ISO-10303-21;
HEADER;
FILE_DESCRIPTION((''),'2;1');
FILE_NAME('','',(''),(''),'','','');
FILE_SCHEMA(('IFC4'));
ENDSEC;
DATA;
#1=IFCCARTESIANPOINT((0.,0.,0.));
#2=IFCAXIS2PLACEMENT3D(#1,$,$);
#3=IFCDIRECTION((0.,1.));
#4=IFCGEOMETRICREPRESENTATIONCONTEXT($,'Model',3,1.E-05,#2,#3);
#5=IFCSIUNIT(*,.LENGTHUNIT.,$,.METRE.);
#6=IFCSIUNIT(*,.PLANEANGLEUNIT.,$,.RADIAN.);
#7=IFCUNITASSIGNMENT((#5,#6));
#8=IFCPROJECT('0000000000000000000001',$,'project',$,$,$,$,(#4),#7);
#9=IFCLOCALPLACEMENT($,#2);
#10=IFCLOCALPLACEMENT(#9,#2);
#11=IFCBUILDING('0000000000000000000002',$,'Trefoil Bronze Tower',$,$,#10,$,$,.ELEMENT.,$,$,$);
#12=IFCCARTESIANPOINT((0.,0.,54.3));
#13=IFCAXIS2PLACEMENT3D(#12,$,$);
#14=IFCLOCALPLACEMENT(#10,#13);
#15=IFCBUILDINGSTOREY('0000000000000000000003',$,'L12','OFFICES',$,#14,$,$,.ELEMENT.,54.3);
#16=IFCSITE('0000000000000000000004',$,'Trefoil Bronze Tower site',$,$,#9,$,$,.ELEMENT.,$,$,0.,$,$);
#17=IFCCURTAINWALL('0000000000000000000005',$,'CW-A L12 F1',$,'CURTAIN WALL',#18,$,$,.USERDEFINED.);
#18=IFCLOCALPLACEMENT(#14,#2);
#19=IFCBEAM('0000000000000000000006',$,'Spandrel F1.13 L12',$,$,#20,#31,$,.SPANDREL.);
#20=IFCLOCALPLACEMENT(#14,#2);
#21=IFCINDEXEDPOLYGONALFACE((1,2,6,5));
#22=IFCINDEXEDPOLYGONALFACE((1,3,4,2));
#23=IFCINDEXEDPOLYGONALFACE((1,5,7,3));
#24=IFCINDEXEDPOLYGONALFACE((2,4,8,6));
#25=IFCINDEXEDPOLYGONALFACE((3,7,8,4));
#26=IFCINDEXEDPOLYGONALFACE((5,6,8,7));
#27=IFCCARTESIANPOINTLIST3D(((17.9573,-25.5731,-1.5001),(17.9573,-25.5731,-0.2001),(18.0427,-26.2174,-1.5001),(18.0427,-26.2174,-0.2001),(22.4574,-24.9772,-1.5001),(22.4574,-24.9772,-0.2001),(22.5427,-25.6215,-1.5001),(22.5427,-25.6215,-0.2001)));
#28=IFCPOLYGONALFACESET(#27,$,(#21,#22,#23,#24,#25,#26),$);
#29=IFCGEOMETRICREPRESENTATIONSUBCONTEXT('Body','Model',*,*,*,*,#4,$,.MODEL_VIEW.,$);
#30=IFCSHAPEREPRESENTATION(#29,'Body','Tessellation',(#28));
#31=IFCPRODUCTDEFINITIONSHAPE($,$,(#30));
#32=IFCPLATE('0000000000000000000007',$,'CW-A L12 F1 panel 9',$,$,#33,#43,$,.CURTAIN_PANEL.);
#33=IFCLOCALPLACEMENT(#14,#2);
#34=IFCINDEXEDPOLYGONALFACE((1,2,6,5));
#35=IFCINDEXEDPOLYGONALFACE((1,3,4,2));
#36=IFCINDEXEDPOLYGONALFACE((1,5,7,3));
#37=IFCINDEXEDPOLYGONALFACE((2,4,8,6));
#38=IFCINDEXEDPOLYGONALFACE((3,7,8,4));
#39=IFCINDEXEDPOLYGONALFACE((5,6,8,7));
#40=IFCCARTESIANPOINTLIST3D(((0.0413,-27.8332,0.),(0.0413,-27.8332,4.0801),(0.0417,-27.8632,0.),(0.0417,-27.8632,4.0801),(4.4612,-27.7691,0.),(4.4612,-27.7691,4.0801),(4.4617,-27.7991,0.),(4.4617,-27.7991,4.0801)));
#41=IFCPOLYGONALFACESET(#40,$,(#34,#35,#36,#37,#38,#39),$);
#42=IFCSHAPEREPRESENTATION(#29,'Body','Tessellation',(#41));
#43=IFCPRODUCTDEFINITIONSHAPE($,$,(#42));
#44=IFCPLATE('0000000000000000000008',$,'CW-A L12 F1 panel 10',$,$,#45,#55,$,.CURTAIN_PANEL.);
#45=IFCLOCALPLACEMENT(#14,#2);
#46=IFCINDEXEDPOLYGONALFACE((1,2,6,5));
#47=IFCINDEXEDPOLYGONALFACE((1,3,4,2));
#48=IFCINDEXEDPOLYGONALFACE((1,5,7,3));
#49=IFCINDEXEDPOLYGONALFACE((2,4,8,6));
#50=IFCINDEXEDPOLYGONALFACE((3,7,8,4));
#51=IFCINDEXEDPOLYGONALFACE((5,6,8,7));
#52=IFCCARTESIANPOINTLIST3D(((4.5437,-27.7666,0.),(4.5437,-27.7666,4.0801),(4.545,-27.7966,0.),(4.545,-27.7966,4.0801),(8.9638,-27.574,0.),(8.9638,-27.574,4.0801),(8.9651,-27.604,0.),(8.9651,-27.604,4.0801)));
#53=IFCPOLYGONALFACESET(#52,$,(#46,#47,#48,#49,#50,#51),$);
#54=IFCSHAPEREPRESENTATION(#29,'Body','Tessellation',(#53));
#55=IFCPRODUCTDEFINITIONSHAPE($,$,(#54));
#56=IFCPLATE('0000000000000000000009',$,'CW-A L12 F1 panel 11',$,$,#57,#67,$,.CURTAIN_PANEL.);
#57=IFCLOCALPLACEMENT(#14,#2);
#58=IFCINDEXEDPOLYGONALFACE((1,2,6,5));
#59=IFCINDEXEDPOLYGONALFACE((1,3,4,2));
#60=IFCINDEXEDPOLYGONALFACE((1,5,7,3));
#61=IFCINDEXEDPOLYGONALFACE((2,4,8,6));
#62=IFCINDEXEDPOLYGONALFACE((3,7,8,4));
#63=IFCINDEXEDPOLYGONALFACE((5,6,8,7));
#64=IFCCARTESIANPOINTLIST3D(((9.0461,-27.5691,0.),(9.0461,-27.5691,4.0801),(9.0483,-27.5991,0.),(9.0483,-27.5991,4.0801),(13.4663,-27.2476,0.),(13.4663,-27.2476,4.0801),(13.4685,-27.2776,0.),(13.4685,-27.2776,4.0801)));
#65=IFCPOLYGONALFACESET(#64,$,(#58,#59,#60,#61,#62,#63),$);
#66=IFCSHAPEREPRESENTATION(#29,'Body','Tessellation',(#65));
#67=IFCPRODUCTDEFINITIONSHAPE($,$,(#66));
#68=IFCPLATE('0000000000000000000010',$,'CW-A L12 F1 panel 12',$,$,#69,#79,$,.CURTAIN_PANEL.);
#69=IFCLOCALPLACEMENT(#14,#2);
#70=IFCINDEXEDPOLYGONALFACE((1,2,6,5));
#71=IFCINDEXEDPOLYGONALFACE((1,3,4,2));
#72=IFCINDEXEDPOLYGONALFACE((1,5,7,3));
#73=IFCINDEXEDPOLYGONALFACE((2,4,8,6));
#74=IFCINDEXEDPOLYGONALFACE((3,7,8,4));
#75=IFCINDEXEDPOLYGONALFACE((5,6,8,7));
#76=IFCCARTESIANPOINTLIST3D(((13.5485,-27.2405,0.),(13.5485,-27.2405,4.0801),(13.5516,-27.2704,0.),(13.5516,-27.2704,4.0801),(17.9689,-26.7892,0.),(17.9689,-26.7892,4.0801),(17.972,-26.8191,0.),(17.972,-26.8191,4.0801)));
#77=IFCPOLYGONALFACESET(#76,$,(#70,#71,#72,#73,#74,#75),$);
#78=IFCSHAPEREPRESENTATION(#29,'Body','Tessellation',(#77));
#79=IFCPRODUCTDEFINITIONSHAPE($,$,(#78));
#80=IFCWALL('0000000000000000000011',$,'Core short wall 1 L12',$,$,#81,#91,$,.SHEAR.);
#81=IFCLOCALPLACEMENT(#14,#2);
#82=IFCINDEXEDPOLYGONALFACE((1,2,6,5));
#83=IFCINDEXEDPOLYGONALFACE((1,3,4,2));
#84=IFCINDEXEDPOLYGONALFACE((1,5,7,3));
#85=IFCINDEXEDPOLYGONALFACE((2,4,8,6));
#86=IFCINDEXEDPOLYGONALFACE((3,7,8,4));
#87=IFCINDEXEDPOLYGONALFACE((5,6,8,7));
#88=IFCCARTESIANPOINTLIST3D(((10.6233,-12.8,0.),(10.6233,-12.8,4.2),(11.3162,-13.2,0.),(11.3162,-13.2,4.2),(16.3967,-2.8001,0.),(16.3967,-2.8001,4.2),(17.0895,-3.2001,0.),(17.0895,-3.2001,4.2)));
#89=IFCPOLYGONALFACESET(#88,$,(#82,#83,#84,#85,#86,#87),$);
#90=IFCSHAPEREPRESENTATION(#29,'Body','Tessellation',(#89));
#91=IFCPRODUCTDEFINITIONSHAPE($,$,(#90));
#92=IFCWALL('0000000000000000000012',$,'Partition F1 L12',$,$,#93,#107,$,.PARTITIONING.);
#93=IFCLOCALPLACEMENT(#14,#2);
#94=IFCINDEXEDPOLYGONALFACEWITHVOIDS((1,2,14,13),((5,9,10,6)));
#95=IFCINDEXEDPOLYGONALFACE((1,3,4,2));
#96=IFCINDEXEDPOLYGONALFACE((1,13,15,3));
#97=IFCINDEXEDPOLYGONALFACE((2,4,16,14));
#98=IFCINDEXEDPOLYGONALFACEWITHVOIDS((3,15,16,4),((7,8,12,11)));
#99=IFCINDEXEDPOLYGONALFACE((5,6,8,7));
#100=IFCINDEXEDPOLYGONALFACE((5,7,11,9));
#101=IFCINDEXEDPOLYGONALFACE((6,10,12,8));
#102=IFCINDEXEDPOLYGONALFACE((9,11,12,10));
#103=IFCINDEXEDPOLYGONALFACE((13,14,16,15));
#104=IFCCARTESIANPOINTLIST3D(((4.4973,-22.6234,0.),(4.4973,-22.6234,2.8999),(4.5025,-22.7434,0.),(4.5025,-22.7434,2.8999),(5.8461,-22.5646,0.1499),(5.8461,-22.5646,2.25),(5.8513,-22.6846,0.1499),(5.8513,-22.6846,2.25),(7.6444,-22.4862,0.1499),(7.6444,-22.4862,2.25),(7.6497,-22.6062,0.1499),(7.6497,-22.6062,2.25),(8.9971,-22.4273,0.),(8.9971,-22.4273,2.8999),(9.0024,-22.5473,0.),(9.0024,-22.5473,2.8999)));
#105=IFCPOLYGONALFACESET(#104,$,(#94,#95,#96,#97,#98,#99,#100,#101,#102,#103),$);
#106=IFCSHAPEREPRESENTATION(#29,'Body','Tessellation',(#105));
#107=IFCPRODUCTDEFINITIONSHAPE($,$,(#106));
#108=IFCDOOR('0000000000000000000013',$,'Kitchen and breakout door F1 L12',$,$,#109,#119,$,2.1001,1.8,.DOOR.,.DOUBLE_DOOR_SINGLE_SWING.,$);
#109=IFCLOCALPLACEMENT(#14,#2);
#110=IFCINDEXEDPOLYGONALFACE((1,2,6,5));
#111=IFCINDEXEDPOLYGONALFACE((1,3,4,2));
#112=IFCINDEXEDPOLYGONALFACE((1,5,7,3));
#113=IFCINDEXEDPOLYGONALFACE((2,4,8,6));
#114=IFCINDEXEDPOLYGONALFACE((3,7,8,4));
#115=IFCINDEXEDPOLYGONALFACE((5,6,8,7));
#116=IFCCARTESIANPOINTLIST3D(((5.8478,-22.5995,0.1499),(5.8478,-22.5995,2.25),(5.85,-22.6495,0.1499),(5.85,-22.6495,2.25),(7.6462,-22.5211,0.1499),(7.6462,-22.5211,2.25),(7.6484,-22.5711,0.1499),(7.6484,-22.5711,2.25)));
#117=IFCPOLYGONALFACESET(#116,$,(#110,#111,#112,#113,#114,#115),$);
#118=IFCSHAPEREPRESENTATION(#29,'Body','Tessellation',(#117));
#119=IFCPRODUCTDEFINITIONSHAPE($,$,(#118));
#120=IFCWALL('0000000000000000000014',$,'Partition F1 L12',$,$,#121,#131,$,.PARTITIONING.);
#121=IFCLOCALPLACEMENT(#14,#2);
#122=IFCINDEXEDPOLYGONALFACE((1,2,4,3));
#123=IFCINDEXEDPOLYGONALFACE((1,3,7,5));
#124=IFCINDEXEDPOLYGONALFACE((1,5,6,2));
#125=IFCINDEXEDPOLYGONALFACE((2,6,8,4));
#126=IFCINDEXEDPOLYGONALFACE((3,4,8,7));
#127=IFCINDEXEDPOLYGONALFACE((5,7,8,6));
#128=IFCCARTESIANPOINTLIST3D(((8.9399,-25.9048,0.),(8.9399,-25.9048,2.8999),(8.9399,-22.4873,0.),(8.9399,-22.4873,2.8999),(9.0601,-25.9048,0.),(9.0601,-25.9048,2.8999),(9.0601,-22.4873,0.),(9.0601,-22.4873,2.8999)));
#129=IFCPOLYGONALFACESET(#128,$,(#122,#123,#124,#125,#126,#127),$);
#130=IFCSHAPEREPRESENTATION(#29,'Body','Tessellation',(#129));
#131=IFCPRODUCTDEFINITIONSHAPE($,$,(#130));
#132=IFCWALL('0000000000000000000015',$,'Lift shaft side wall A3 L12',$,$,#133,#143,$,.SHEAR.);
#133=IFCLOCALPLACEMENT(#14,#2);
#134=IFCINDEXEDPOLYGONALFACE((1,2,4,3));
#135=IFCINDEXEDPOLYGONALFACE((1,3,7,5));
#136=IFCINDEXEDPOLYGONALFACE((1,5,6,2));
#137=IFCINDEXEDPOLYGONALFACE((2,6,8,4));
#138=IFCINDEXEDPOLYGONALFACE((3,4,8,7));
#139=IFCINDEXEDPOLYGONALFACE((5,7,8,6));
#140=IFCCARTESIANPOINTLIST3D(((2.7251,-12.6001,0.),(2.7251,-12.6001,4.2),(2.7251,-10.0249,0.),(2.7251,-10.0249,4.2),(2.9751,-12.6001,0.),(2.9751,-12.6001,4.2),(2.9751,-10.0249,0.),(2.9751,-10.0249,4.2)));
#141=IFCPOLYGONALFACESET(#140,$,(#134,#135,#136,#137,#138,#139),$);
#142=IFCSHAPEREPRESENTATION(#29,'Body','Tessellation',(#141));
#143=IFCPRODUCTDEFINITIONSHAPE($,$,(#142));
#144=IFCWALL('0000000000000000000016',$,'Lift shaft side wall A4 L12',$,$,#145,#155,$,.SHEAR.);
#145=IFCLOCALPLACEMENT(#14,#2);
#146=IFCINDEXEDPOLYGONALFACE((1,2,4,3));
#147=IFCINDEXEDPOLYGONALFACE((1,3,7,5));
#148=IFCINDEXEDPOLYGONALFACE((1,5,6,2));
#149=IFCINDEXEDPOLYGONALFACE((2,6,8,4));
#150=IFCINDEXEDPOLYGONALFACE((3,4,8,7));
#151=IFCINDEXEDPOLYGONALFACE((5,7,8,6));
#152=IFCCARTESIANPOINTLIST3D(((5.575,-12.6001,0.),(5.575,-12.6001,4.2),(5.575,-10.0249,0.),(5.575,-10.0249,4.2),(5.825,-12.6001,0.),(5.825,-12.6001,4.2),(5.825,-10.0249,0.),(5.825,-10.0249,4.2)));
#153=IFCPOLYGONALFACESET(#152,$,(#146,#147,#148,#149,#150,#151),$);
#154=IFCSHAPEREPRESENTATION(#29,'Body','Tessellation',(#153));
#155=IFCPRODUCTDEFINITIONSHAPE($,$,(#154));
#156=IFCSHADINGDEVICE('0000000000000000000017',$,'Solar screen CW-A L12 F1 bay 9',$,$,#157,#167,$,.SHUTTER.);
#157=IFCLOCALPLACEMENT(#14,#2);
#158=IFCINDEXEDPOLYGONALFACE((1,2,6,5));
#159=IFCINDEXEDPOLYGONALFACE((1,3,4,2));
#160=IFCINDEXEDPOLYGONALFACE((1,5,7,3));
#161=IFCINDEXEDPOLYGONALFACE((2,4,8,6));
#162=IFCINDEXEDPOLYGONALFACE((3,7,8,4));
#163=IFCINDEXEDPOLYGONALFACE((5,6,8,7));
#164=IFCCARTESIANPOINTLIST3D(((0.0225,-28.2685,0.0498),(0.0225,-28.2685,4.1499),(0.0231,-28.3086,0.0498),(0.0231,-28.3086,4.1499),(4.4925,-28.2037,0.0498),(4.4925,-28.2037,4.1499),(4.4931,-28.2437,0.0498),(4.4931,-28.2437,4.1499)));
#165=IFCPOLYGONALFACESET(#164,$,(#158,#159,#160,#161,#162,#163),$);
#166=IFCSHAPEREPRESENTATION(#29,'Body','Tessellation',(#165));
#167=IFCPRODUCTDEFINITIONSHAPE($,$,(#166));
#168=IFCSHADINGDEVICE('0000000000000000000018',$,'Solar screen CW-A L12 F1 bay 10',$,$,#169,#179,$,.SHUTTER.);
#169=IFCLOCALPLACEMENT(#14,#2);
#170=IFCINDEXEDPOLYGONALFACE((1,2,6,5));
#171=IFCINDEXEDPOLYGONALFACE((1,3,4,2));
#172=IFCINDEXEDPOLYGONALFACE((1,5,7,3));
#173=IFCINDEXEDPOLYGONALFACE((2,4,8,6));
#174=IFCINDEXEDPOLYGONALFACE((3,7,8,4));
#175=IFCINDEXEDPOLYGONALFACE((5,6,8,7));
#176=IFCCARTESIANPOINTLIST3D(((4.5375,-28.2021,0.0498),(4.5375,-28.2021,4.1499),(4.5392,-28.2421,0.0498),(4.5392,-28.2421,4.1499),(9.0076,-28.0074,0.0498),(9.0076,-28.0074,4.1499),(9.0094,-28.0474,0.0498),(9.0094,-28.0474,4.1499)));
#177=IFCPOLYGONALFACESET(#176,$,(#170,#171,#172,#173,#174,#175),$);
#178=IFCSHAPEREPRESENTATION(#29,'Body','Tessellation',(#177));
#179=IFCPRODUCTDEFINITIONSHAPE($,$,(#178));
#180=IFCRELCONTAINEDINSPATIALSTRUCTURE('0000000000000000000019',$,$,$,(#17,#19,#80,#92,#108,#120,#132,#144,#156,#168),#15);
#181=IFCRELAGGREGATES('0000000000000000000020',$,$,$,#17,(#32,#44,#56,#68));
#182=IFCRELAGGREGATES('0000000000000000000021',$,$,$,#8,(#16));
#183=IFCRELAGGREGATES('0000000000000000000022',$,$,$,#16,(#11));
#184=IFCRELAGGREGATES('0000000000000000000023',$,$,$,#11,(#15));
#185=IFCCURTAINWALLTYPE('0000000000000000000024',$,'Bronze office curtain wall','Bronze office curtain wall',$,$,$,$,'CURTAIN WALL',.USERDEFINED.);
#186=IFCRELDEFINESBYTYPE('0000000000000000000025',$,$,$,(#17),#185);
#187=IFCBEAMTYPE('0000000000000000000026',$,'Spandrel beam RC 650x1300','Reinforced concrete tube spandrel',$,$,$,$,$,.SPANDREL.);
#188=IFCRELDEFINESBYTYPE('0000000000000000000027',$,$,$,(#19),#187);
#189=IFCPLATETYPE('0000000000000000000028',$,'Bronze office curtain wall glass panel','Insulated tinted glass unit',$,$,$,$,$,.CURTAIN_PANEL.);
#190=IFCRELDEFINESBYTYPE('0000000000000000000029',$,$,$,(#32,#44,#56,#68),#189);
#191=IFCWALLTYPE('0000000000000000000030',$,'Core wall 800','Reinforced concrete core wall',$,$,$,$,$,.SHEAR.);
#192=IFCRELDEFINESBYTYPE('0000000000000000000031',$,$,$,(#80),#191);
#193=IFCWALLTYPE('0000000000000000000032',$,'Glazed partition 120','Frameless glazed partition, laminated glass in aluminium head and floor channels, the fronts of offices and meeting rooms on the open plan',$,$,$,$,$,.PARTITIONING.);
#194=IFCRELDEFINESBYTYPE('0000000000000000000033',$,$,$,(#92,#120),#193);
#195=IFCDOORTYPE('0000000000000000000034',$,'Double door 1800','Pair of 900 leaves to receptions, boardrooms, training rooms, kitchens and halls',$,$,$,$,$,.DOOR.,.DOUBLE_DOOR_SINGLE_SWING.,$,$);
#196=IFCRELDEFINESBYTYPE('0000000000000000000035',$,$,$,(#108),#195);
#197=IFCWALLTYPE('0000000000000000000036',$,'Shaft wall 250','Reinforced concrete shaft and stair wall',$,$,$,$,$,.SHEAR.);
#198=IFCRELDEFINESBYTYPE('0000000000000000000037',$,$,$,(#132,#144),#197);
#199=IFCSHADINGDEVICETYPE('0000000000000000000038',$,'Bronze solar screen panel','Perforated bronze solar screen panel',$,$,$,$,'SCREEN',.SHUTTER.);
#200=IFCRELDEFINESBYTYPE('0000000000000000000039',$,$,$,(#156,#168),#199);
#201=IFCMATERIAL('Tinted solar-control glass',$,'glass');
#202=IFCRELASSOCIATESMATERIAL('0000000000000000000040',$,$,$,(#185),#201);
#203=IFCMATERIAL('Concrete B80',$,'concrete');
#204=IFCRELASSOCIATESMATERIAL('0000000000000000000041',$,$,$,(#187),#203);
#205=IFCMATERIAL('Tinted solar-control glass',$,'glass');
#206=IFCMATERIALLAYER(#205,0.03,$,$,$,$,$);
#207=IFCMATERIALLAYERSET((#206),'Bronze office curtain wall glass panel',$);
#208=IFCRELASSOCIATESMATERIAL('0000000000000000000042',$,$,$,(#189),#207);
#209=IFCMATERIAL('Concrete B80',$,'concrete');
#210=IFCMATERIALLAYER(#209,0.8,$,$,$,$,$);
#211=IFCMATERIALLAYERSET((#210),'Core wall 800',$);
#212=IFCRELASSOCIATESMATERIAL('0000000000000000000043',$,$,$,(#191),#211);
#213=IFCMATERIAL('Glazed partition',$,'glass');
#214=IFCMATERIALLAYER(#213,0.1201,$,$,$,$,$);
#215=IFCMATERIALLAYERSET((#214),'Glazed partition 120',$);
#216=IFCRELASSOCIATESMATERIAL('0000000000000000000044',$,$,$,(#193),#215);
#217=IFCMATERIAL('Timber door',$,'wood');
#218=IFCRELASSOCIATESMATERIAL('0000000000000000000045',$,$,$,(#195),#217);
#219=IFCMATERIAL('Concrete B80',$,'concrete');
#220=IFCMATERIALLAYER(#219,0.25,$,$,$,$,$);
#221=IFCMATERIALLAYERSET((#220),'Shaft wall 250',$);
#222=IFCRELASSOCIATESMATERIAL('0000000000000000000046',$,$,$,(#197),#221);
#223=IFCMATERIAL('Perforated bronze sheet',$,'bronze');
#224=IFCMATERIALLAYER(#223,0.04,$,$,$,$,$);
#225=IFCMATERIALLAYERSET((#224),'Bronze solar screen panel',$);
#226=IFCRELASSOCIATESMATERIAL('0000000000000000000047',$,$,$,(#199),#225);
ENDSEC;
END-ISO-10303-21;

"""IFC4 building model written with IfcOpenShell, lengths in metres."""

from ifc_helpers import new_model, si_unit, direction, frame, frame_2d, origin, origin_2d, place, context, subcontext, project, spatial, rectangle, extrude, material, layer, layer_set, material_profile, profile_set, type_object, element, fill, aggregate, save


model = new_model("IFC4")

# Units and contexts
model_context = context("Model", 3, precision=1e-05, world=origin(), true_north=direction((0.0, 1.0)))
body_context = subcontext(model_context, "Body", "Model", "MODEL_VIEW")
ifc_project = project(units=[si_unit("LENGTHUNIT", "METRE"), si_unit("PLANEANGLEUNIT", "RADIAN")], contexts=[model_context])

# Site, building, storey
site_placement = place(None, origin())
site = spatial("IfcSite", under=ifc_project, at=site_placement, Name="Trefoil Bronze Tower site", CompositionType="ELEMENT", RefElevation=0.0)
building_placement = place(site_placement, origin())
building = spatial("IfcBuilding", under=site, at=building_placement, Name="Trefoil Bronze Tower", CompositionType="ELEMENT")
storey_placement = place(building_placement, frame((0.0, 0.0, 54.3)))
storey = spatial("IfcBuildingStorey", under=building, at=storey_placement, Name="L12", Description="OFFICES", CompositionType="ELEMENT", Elevation=54.3)

# Curtain wall
ifc_material_1 = material(Name="Tinted solar-control glass", Category="glass")
curtain_wall_type = type_object("IfcCurtainWallType", Name="Bronze office curtain wall", Description="Bronze office curtain wall", ElementType="CURTAIN WALL", PredefinedType="USERDEFINED", material=ifc_material_1)
curtain_wall_placement = place(storey_placement, origin())
curtain_wall = element("IfcCurtainWall", 1, at=curtain_wall_placement, inside=storey, type_object=curtain_wall_type, Name="CW-A L12 F1", ObjectType="CURTAIN WALL", PredefinedType="USERDEFINED")

# Beam
ifc_material_2 = material(Name="Concrete B80", Category="concrete")
ifc_material_profile_1 = material_profile(ifc_material_2, rectangle(XDim=0.6499, YDim=1.3, at=origin_2d()), Name="RC 650x1300")
ifc_profile_set_1 = profile_set([ifc_material_profile_1], Name="Concrete B80")
beam_type_1 = type_object("IfcBeamType", Name="Spandrel beam RC 650x1300", Description="Reinforced concrete tube spandrel", PredefinedType="SPANDREL", material=ifc_profile_set_1)
beam_1_placement = place(storey_placement, frame((18.0, -25.8953, -0.8501), z_axis=(0.991344, 0.131286, 0.0), x_axis=(-0.131286, 0.991344, 0.0)))
element("IfcBeam", 2, at=beam_1_placement, inside=storey, type_object=beam_type_1, Name="Spandrel F1.13 L12", PredefinedType="SPANDREL", context=body_context, shape_type="SweptSolid", body=[
    extrude(rectangle(XDim=0.6499, YDim=1.3, at=origin_2d()), origin(), (0.0, 0.0, 1.0), 4.5393),
])

# Plates
ifc_material_3 = material(Name="Tinted solar-control glass", Category="glass")
ifc_layer_1 = layer(ifc_material_3, 0.03)
ifc_layer_set_1 = layer_set([ifc_layer_1], Name="Bronze office curtain wall glass panel")
plate_type = type_object("IfcPlateType", Name="Bronze office curtain wall glass panel", Description="Insulated tinted glass unit", PredefinedType="CURTAIN_PANEL", material=ifc_layer_set_1)
plate_1_placement = place(storey_placement, frame((2.2515, -27.8162, 0.0), z_axis=(0.0, 0.0, 1.0), x_axis=(0.999895, 0.014509, 0.0)))
plate_1 = element("IfcPlate", 3, at=plate_1_placement, type_object=plate_type, Name="CW-A L12 F1 panel 9", PredefinedType="CURTAIN_PANEL", context=body_context, shape_type="SweptSolid", body=[
    extrude(rectangle(XDim=4.4204, YDim=0.03, at=origin_2d()), origin(), (0.0, 0.0, 1.0), 4.0801),
])
plate_2_placement = place(storey_placement, frame((6.7544, -27.6853, 0.0), z_axis=(0.0, 0.0, 1.0), x_axis=(0.999052, 0.043528, 0.0)))
plate_2 = element("IfcPlate", 4, at=plate_2_placement, type_object=plate_type, Name="CW-A L12 F1 panel 10", PredefinedType="CURTAIN_PANEL", context=body_context, shape_type="SweptSolid", body=[
    extrude(rectangle(XDim=4.4243, YDim=0.03, at=origin_2d()), origin(), (0.0, 0.0, 1.0), 4.0801),
])
plate_3_placement = place(storey_placement, frame((11.2573, -27.4233, 0.0), z_axis=(0.0, 0.0, 1.0), x_axis=(0.997365, 0.072547, 0.0)))
plate_3 = element("IfcPlate", 5, at=plate_3_placement, type_object=plate_type, Name="CW-A L12 F1 panel 11", PredefinedType="CURTAIN_PANEL", context=body_context, shape_type="SweptSolid", body=[
    extrude(rectangle(XDim=4.4319, YDim=0.03, at=origin_2d()), origin(), (0.0, 0.0, 1.0), 4.0801),
])
plate_4_placement = place(storey_placement, frame((15.7603, -27.0298, 0.0), z_axis=(0.0, 0.0, 1.0), x_axis=(0.994829, 0.101565, 0.0)))
plate_4 = element("IfcPlate", 6, at=plate_4_placement, type_object=plate_type, Name="CW-A L12 F1 panel 12", PredefinedType="CURTAIN_PANEL", context=body_context, shape_type="SweptSolid", body=[
    extrude(rectangle(XDim=4.4434, YDim=0.03, at=origin_2d()), origin(), (0.0, 0.0, 1.0), 4.0801),
])
aggregate(curtain_wall, [plate_1, plate_2, plate_3, plate_4])

# Wall
ifc_material_4 = material(Name="Concrete B80", Category="concrete")
ifc_layer_2 = layer(ifc_material_4, 0.8)
ifc_layer_set_2 = layer_set([ifc_layer_2], Name="Core wall 800")
wall_type_1 = type_object("IfcWallType", Name="Core wall 800", Description="Reinforced concrete core wall", PredefinedType="SHEAR", material=ifc_layer_set_2)
wall_1_placement = place(storey_placement, frame((10.9697, -13.0, 0.0), z_axis=(0.0, 0.0, 1.0), x_axis=(0.499996, 0.866028, 0.0)))
element("IfcWall", 7, at=wall_1_placement, inside=storey, type_object=wall_type_1, Name="Core short wall 1 L12", PredefinedType="SHEAR", context=body_context, shape_type="SweptSolid", body=[
    extrude(rectangle(XDim=11.5469, YDim=0.8, at=frame_2d((5.7734, 0.0))), origin(), (0.0, 0.0, 1.0), 4.2),
])

# Wall, opening, door
ifc_material_5 = material(Name="Glazed partition", Category="glass")
ifc_layer_3 = layer(ifc_material_5, 0.1201)
ifc_layer_set_3 = layer_set([ifc_layer_3], Name="Glazed partition 120")
wall_type_2 = type_object("IfcWallType", Name="Glazed partition 120", Description="Frameless glazed partition, laminated glass in aluminium head and floor channels, the fronts of offices and meeting rooms on the open plan", PredefinedType="PARTITIONING", material=ifc_layer_set_3)
wall_2_placement = place(storey_placement, frame((4.5, -22.6833, 0.0), z_axis=(0.0, 0.0, 1.0), x_axis=(0.999052, 0.043524, 0.0)))
wall_2 = element("IfcWall", 8, at=wall_2_placement, inside=storey, type_object=wall_type_2, Name="Partition F1 L12", PredefinedType="PARTITIONING", context=body_context, shape_type="SweptSolid", body=[
    extrude(rectangle(XDim=4.5042, YDim=0.1201, at=frame_2d((2.252, 0.0))), origin(), (0.0, 0.0, 1.0), 2.8999),
])
opening_placement = place(wall_2_placement, frame((1.3501, 0.0, 0.1499)))
opening = element("IfcOpeningElement", 9, at=opening_placement, cuts=wall_2, PredefinedType="OPENING", context=body_context, shape_type="SweptSolid", body=[
    extrude(rectangle(XDim=1.8, YDim=2.1001, at=frame_2d((0.8999, 1.05))), frame((0.0, 0.0701, 0.0), z_axis=(0.0, -1.0, 0.0), x_axis=(1.0, 0.0, 0.0)), (0.0, 0.0, 1.0), 0.1401),
])
ifc_material_6 = material(Name="Timber door", Category="wood")
door_type = type_object("IfcDoorType", Name="Double door 1800", Description="Pair of 900 leaves to receptions, boardrooms, training rooms, kitchens and halls", OperationType="DOUBLE_DOOR_SINGLE_SWING", PredefinedType="DOOR", material=ifc_material_6)
door_placement = place(opening_placement, frame((1.8, 0.0, 0.0), z_axis=(0.0, 0.0, 1.0), x_axis=(-1.0, 0.0, 0.0)))
door = element("IfcDoor", 10, at=door_placement, inside=storey, type_object=door_type, Name="Kitchen and breakout door F1 L12", OperationType="DOUBLE_DOOR_SINGLE_SWING", OverallHeight=2.1001, OverallWidth=1.8, PredefinedType="DOOR", context=body_context, shape_type="SweptSolid", body=[
    extrude(rectangle(XDim=1.8, YDim=2.1001, at=frame_2d((0.8999, 1.05))), frame((0.0, 0.0249, 0.0), z_axis=(0.0, -1.0, 0.0), x_axis=(1.0, 0.0, 0.0)), (0.0, 0.0, 1.0), 0.05),
])
fill(opening, door)

# Walls
wall_3_placement = place(storey_placement, frame((9.0, -22.4873, 0.0), z_axis=(0.0, 0.0, 1.0), x_axis=(0.0, -1.0, 0.0)))
element("IfcWall", 11, at=wall_3_placement, inside=storey, type_object=wall_type_2, Name="Partition F1 L12", PredefinedType="PARTITIONING", context=body_context, shape_type="SweptSolid", body=[
    extrude(rectangle(XDim=3.4175, YDim=0.1201, at=frame_2d((1.7087, 0.0))), origin(), (0.0, 0.0, 1.0), 2.8999),
])
ifc_material_7 = material(Name="Concrete B80", Category="concrete")
ifc_layer_4 = layer(ifc_material_7, 0.25)
ifc_layer_set_4 = layer_set([ifc_layer_4], Name="Shaft wall 250")
wall_type_3 = type_object("IfcWallType", Name="Shaft wall 250", Description="Reinforced concrete shaft and stair wall", PredefinedType="SHEAR", material=ifc_layer_set_4)
for number, where, z_axis, x_axis, name in (
    (12, (2.8501, -10.0249, 0.0), (0.0, 0.0, 1.0), (0.0, -1.0, 0.0), "Lift shaft side wall A3 L12"),
    (13, (5.7, -10.0249, 0.0), (0.0, 0.0, 1.0), (0.0, -1.0, 0.0), "Lift shaft side wall A4 L12"),
):
    element("IfcWall", number, at=place(storey_placement, frame(where, z_axis=z_axis, x_axis=x_axis)), inside=storey, type_object=wall_type_3, Name=name, PredefinedType="SHEAR", context=body_context, shape_type="SweptSolid", body=[
        extrude(rectangle(XDim=2.5752, YDim=0.25, at=frame_2d((1.2876, 0.0))), origin(), (0.0, 0.0, 1.0), 4.2),
    ])

# Shading devices
ifc_material_8 = material(Name="Perforated bronze sheet", Category="bronze")
ifc_layer_5 = layer(ifc_material_8, 0.04)
ifc_layer_set_5 = layer_set([ifc_layer_5], Name="Bronze solar screen panel")
shading_device_type = type_object("IfcShadingDeviceType", Name="Bronze solar screen panel", Description="Perforated bronze solar screen panel", ElementType="SCREEN", PredefinedType="SHUTTER", material=ifc_layer_set_5)
shading_device_1_placement = place(storey_placement, frame((2.2578, -28.2561, 0.0498), z_axis=(0.0, 0.0, 1.0), x_axis=(0.999895, 0.014509, 0.0)))
element("IfcShadingDevice", 14, at=shading_device_1_placement, inside=storey, type_object=shading_device_type, Name="Solar screen CW-A L12 F1 bay 9", PredefinedType="SHUTTER", context=body_context, shape_type="SweptSolid", body=[
    extrude(rectangle(XDim=4.4705, YDim=0.04, at=origin_2d()), origin(), (0.0, 0.0, 1.0), 4.1001),
])
shading_device_2_placement = place(storey_placement, frame((6.7734, -28.1248, 0.0498), z_axis=(0.0, 0.0, 1.0), x_axis=(0.999052, 0.043528, 0.0)))
element("IfcShadingDevice", 15, at=shading_device_2_placement, inside=storey, type_object=shading_device_type, Name="Solar screen CW-A L12 F1 bay 10", PredefinedType="SHUTTER", context=body_context, shape_type="SweptSolid", body=[
    extrude(rectangle(XDim=4.4744, YDim=0.04, at=origin_2d()), origin(), (0.0, 0.0, 1.0), 4.1001),
])

save(model, "model.ifc")
